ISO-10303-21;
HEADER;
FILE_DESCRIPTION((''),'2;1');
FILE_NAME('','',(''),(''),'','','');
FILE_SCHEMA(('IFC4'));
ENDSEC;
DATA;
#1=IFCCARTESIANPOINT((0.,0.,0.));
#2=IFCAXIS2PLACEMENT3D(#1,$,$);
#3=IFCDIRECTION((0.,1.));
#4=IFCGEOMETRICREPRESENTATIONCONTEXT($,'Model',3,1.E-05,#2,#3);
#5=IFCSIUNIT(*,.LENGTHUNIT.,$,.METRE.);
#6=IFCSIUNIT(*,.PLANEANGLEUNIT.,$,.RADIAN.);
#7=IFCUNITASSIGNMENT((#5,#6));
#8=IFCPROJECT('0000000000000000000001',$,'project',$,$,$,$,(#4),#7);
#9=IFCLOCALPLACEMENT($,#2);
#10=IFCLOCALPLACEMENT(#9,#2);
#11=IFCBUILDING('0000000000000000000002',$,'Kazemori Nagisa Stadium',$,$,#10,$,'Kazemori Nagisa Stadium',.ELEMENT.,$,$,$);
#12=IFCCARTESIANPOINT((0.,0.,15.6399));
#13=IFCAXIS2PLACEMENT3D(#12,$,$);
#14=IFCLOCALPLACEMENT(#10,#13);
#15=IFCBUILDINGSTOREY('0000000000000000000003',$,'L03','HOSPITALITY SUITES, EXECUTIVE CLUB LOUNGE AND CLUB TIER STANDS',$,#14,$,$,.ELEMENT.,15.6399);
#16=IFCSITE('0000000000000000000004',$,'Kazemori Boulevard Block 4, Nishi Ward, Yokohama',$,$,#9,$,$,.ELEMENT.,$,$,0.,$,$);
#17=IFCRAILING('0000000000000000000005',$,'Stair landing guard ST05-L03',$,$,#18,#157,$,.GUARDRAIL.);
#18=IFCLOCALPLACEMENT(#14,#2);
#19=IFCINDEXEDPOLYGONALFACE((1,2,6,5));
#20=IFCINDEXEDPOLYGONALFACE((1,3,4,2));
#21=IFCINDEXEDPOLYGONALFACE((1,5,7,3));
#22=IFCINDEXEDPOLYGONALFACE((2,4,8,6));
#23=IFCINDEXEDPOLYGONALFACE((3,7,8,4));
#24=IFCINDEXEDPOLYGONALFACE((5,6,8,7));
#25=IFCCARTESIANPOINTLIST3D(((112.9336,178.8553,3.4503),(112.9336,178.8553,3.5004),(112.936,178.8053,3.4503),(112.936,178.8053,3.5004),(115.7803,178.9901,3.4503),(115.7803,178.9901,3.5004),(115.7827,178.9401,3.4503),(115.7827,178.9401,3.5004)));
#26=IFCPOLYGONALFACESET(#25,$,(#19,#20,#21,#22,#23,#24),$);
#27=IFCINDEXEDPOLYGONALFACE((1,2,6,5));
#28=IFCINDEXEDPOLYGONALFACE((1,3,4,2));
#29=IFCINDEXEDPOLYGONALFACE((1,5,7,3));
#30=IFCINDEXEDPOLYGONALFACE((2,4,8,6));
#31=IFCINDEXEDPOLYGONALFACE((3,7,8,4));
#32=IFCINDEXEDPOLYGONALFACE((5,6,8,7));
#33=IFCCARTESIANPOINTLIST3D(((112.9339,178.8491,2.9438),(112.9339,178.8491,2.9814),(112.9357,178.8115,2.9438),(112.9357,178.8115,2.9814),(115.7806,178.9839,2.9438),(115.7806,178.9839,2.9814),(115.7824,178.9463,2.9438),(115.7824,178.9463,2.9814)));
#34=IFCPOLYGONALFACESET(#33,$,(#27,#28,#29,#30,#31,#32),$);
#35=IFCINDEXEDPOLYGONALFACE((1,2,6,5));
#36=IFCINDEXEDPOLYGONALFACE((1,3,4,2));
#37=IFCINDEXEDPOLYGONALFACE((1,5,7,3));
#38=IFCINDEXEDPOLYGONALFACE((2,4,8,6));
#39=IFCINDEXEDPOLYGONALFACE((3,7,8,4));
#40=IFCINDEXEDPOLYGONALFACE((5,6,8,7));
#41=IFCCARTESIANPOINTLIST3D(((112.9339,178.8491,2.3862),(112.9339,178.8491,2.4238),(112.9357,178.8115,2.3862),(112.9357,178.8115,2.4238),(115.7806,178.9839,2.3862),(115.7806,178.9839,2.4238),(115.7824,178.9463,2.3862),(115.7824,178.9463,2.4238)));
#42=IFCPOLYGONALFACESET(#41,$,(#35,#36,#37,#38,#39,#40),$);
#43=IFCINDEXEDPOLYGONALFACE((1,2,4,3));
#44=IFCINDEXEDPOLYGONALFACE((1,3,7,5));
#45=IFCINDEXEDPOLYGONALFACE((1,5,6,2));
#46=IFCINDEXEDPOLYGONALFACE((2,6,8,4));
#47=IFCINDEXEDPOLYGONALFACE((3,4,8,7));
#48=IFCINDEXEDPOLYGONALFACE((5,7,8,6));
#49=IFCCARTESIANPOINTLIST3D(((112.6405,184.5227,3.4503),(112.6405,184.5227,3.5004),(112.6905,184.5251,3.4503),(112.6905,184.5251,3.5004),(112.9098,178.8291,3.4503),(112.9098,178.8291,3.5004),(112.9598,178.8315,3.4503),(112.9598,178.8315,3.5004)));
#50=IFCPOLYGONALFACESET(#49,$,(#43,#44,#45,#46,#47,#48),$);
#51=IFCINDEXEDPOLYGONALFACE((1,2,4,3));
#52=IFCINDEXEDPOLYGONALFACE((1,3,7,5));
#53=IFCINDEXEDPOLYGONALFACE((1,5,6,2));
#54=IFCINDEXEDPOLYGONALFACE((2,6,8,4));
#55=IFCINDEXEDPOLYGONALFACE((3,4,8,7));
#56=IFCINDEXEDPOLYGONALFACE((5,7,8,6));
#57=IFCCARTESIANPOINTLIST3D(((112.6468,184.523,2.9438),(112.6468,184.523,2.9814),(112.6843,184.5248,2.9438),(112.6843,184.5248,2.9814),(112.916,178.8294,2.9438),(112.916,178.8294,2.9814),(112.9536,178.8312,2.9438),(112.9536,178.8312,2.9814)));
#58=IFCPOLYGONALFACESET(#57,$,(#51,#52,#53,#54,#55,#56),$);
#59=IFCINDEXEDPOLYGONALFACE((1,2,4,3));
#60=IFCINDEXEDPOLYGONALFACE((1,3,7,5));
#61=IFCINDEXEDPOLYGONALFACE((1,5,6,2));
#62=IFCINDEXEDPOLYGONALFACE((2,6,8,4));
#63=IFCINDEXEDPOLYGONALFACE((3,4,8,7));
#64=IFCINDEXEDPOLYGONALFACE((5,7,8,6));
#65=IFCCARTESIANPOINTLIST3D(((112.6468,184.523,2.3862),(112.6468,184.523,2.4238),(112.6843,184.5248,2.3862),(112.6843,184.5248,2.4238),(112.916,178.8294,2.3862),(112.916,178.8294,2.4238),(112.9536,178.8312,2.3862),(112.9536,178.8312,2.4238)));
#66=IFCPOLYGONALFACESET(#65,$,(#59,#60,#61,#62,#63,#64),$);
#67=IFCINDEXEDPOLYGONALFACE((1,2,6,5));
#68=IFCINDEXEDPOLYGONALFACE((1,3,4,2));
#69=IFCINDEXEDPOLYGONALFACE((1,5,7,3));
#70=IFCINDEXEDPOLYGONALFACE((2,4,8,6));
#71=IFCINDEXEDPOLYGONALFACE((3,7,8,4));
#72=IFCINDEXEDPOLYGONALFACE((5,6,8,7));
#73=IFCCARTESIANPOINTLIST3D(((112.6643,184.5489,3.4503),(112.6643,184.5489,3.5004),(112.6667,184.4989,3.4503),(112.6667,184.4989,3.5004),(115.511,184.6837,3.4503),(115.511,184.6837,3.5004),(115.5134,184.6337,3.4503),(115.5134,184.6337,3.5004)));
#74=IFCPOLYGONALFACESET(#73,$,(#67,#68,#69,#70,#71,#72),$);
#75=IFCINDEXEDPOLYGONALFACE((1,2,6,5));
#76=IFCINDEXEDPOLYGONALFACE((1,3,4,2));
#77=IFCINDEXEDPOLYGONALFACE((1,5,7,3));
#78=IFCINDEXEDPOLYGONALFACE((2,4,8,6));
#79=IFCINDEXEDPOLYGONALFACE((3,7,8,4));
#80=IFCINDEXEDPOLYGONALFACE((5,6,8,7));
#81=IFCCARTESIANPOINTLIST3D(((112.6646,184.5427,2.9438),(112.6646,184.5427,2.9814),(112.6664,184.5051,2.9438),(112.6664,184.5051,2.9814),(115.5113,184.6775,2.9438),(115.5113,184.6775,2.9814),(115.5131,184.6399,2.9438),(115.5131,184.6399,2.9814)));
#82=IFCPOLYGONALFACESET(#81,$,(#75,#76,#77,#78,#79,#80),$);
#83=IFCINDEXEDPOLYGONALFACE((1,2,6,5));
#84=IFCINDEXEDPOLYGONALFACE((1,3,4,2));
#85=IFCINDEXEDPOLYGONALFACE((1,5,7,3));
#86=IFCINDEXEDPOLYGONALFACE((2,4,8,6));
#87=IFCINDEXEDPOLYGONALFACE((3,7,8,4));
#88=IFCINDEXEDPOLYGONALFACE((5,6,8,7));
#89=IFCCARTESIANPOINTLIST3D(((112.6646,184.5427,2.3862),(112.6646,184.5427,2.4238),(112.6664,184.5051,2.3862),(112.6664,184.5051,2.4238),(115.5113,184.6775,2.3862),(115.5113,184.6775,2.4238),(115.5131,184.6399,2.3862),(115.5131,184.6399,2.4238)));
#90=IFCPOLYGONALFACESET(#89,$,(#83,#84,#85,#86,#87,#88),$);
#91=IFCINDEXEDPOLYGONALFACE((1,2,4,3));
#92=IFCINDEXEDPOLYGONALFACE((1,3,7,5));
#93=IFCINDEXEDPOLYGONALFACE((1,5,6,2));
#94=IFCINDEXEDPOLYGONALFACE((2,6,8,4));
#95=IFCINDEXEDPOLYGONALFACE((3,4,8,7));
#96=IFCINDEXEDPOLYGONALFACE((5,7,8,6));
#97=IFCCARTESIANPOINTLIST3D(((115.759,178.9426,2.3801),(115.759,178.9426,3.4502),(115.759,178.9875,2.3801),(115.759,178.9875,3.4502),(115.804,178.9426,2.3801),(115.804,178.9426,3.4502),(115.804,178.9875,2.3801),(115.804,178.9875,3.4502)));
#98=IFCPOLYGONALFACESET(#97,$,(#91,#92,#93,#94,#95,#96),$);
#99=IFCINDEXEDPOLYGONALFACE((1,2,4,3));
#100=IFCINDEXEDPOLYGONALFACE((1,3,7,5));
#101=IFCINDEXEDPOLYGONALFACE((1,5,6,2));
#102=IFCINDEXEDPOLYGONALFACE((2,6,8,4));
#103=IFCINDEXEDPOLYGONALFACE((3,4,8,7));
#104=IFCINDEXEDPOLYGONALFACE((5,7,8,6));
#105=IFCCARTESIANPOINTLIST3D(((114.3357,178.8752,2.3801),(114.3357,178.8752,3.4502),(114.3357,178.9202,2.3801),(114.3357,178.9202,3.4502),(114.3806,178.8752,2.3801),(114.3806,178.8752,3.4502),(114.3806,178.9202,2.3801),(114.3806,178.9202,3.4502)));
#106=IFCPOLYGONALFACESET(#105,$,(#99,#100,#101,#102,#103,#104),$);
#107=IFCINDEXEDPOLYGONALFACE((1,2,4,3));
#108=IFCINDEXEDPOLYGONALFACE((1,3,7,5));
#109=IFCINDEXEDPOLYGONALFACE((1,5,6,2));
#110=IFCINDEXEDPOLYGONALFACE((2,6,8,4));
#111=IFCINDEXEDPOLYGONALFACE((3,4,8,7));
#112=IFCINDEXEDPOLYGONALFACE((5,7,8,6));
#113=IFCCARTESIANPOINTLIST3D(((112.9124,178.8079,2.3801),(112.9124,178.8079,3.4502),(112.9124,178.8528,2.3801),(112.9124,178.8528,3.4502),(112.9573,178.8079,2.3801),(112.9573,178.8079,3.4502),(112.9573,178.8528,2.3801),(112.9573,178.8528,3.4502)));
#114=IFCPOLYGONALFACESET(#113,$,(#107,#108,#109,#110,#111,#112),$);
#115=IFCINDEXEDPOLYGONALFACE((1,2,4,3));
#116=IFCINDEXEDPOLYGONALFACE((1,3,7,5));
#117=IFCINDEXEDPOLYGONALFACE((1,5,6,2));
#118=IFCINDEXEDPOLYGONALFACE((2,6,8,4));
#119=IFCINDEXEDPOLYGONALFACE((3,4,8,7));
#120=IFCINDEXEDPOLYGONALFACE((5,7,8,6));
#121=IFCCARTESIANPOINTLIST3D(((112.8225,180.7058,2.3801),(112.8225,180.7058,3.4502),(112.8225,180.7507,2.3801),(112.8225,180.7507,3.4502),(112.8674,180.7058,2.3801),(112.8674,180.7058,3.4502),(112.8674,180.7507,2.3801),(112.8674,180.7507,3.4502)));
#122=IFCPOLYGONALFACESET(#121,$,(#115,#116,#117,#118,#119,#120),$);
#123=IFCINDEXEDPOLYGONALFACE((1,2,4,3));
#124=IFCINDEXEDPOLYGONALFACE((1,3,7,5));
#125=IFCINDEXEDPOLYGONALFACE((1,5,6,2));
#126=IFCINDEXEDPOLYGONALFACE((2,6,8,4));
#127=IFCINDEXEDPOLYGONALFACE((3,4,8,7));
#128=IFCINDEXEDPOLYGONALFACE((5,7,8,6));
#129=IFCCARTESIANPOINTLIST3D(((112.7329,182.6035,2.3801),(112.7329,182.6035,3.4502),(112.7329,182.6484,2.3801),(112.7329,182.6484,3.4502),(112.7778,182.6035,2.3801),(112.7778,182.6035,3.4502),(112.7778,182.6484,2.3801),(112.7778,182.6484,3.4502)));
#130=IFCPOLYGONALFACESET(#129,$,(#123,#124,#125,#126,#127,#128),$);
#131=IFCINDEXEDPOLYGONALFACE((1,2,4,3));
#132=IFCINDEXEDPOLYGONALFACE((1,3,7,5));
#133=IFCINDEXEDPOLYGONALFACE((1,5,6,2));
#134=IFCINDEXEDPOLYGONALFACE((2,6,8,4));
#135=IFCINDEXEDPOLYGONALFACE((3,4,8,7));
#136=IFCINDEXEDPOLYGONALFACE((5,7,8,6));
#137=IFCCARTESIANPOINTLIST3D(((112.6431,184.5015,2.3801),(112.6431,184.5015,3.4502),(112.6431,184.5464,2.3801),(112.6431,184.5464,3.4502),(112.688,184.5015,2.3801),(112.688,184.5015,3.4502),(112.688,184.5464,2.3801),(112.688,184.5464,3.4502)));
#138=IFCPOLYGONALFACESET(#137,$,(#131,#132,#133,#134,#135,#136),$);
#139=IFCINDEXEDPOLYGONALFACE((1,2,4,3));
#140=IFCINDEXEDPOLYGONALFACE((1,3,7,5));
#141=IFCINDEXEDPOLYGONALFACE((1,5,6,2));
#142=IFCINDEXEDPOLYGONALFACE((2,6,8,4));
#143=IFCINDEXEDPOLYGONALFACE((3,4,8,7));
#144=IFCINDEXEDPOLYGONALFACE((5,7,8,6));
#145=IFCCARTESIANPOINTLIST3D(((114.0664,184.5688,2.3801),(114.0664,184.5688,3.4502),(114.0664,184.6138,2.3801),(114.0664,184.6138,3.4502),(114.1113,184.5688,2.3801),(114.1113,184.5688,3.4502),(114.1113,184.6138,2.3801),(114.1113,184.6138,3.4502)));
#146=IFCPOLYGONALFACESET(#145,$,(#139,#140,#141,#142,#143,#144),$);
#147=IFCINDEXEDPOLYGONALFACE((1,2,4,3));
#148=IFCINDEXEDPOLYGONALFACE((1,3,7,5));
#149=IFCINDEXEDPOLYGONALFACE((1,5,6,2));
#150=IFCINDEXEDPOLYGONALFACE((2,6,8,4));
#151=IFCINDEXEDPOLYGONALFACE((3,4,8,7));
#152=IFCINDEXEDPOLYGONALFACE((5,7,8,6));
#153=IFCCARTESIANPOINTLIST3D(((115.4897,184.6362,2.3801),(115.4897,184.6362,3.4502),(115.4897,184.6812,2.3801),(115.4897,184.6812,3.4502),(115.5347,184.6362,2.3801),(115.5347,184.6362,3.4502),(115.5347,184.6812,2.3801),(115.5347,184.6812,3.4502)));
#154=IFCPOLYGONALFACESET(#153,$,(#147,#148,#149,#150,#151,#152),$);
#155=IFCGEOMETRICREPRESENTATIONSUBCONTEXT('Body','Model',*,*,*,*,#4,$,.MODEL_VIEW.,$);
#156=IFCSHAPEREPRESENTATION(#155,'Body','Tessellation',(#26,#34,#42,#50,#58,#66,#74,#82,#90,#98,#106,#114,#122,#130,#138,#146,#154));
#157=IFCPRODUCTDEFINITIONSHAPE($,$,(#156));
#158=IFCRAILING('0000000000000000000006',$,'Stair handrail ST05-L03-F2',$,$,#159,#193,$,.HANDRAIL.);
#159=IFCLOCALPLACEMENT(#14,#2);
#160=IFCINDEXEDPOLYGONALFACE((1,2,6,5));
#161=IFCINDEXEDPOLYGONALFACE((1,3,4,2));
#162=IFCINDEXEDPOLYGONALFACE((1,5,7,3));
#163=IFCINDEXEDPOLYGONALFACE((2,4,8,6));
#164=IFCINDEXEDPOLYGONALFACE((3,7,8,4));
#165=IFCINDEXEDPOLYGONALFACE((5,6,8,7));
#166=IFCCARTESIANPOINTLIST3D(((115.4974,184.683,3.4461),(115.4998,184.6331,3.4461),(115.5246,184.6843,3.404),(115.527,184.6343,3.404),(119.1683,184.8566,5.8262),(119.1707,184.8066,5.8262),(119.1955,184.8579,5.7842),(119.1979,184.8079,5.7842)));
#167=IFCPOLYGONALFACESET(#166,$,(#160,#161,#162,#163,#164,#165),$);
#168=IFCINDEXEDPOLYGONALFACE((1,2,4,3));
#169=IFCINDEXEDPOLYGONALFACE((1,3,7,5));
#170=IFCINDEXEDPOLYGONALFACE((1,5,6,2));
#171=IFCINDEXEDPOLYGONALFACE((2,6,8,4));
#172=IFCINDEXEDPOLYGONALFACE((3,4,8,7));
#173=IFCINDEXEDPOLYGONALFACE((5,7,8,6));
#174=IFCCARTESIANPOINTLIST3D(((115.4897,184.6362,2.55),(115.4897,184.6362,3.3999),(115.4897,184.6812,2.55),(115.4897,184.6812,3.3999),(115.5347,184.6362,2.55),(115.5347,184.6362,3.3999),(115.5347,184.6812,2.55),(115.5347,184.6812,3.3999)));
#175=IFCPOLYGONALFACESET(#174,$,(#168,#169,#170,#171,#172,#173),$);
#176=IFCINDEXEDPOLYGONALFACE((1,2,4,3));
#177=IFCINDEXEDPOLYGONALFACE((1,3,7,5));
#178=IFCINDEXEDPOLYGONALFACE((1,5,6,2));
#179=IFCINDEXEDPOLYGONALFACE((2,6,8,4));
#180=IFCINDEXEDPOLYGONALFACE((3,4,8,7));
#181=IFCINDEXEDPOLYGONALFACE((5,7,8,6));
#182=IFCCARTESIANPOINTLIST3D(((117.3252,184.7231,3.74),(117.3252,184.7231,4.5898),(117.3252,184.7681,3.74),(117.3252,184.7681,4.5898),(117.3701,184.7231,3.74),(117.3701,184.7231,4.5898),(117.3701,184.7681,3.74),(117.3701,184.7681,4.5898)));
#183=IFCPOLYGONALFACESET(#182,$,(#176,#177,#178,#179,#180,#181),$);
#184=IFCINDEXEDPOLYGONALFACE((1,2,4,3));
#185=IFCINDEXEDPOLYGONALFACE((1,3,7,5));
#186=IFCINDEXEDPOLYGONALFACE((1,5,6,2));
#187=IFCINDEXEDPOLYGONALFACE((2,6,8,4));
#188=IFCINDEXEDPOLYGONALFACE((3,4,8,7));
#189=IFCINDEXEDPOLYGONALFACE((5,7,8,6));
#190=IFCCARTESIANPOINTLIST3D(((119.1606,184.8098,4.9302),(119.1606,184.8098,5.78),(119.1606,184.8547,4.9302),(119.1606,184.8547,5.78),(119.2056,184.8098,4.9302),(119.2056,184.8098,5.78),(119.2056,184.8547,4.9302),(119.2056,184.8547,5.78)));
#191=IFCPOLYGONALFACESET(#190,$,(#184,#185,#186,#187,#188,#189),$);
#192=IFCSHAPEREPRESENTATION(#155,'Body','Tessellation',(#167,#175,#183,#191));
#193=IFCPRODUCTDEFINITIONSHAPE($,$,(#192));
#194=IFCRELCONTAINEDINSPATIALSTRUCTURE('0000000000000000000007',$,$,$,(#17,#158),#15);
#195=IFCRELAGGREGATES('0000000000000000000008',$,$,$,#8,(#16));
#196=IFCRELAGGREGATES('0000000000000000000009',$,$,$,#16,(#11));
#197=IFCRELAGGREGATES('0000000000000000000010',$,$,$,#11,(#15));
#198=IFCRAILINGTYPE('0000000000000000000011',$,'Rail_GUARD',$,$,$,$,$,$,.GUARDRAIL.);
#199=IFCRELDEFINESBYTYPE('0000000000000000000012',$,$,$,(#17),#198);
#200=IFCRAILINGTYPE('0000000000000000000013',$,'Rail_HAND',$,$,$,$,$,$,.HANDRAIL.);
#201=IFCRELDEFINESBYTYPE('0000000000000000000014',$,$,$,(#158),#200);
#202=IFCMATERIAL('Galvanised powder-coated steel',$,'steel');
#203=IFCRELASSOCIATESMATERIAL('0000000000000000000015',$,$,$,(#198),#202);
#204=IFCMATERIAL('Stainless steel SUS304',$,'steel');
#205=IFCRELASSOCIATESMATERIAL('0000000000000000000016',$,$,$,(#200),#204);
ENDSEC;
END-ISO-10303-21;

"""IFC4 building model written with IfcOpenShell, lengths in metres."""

from ifc_helpers import new_model, si_unit, direction, frame, origin, origin_2d, place, context, subcontext, project, spatial, rectangle, extrude, material, type_object, element, save


model = new_model("IFC4")

# Units and contexts
model_context = context("Model", 3, precision=1e-05, world=origin(), true_north=direction((0.0, 1.0)))
body_context = subcontext(model_context, "Body", "Model", "MODEL_VIEW")
ifc_project = project(units=[si_unit("LENGTHUNIT", "METRE"), si_unit("PLANEANGLEUNIT", "RADIAN")], contexts=[model_context])

# Site, building, storey
site_placement = place(None, origin())
site = spatial("IfcSite", under=ifc_project, at=site_placement, Name="Kazemori Boulevard Block 4, Nishi Ward, Yokohama", CompositionType="ELEMENT", RefElevation=0.0)
building_placement = place(site_placement, origin())
building = spatial("IfcBuilding", under=site, at=building_placement, Name="Kazemori Nagisa Stadium", LongName="Kazemori Nagisa Stadium", CompositionType="ELEMENT")
storey_placement = place(building_placement, frame((0.0, 0.0, 15.6399)))
storey = spatial("IfcBuildingStorey", under=building, at=storey_placement, Name="L03", Description="HOSPITALITY SUITES, EXECUTIVE CLUB LOUNGE AND CLUB TIER STANDS", CompositionType="ELEMENT", Elevation=15.6399)

# Shared definitions
ifc_material_1 = material(Name="Stainless steel SUS304", Category="steel")

# Railings
ifc_material_2 = material(Name="Galvanised powder-coated steel", Category="steel")
railing_type_1 = type_object("IfcRailingType", Name="Rail_GUARD", PredefinedType="GUARDRAIL", material=ifc_material_2)
railing_1_placement = place(storey_placement, frame((115.7815, 178.9651, 2.3801)))
element("IfcRailing", 1, at=railing_1_placement, inside=storey, type_object=railing_type_1, Name="Stair landing guard ST05-L03", PredefinedType="GUARDRAIL", context=body_context, shape_type="SweptSolid", body=[
    extrude(rectangle(XDim=0.05, YDim=0.05, at=origin_2d()), frame((0.0, 0.0, 1.0952), z_axis=(-0.998881, -0.047288, 0.0), x_axis=(0.047288, -0.998881, 0.0)), (0.0, 0.0, 1.0), 2.8499),
    extrude(rectangle(XDim=0.0376, YDim=0.0376, at=origin_2d()), frame((0.0, 0.0, 0.5825), z_axis=(-0.998881, -0.047288, 0.0), x_axis=(0.047288, -0.998881, 0.0)), (0.0, 0.0, 1.0), 2.8499),
    extrude(rectangle(XDim=0.0376, YDim=0.0376, at=origin_2d()), frame((0.0, 0.0, 0.0249), z_axis=(-0.998881, -0.047288, 0.0), x_axis=(0.047288, -0.998881, 0.0)), (0.0, 0.0, 1.0), 2.8499),
    extrude(rectangle(XDim=0.05, YDim=0.05, at=origin_2d()), frame((-2.8467, -0.1348, 1.0952), z_axis=(-0.047244, 0.998883, 0.0), x_axis=(-0.998883, -0.047244, 0.0)), (0.0, 0.0, 1.0), 5.7),
    extrude(rectangle(XDim=0.0376, YDim=0.0376, at=origin_2d()), frame((-2.8467, -0.1348, 0.5825), z_axis=(-0.047244, 0.998883, 0.0), x_axis=(-0.998883, -0.047244, 0.0)), (0.0, 0.0, 1.0), 5.7),
    extrude(rectangle(XDim=0.0376, YDim=0.0376, at=origin_2d()), frame((-2.8467, -0.1348, 0.0249), z_axis=(-0.047244, 0.998883, 0.0), x_axis=(-0.998883, -0.047244, 0.0)), (0.0, 0.0, 1.0), 5.7),
    extrude(rectangle(XDim=0.05, YDim=0.05, at=origin_2d()), frame((-3.116, 5.5588, 1.0952), z_axis=(0.998881, 0.047288, 0.0), x_axis=(-0.047288, 0.998881, 0.0)), (0.0, 0.0, 1.0), 2.8499),
    extrude(rectangle(XDim=0.0376, YDim=0.0376, at=origin_2d()), frame((-3.116, 5.5588, 0.5825), z_axis=(0.998881, 0.047288, 0.0), x_axis=(-0.047288, 0.998881, 0.0)), (0.0, 0.0, 1.0), 2.8499),
    extrude(rectangle(XDim=0.0376, YDim=0.0376, at=origin_2d()), frame((-3.116, 5.5588, 0.0249), z_axis=(0.998881, 0.047288, 0.0), x_axis=(-0.047288, 0.998881, 0.0)), (0.0, 0.0, 1.0), 2.8499),
    extrude(rectangle(XDim=0.0449, YDim=0.0449, at=origin_2d()), origin(), (0.0, 0.0, 1.0), 1.0701),
    extrude(rectangle(XDim=0.0449, YDim=0.0449, at=origin_2d()), frame((-1.4233, -0.0674, 0.0)), (0.0, 0.0, 1.0), 1.0701),
    extrude(rectangle(XDim=0.0449, YDim=0.0449, at=origin_2d()), frame((-2.8467, -0.1348, 0.0)), (0.0, 0.0, 1.0), 1.0701),
    extrude(rectangle(XDim=0.0449, YDim=0.0449, at=origin_2d()), frame((-2.9365, 1.7632, 0.0)), (0.0, 0.0, 1.0), 1.0701),
    extrude(rectangle(XDim=0.0449, YDim=0.0449, at=origin_2d()), frame((-3.0261, 3.6609, 0.0)), (0.0, 0.0, 1.0), 1.0701),
    extrude(rectangle(XDim=0.0449, YDim=0.0449, at=origin_2d()), frame((-3.116, 5.5588, 0.0)), (0.0, 0.0, 1.0), 1.0701),
    extrude(rectangle(XDim=0.0449, YDim=0.0449, at=origin_2d()), frame((-1.6926, 5.6262, 0.0)), (0.0, 0.0, 1.0), 1.0701),
    extrude(rectangle(XDim=0.0449, YDim=0.0449, at=origin_2d()), frame((-0.2693, 5.6936, 0.0)), (0.0, 0.0, 1.0), 1.0701),
])
railing_type_2 = type_object("IfcRailingType", Name="Rail_HAND", PredefinedType="HANDRAIL", material=ifc_material_1)
railing_2_placement = place(storey_placement, frame((115.5122, 184.6587, 2.55)))
element("IfcRailing", 2, at=railing_2_placement, inside=storey, type_object=railing_type_2, Name="Stair handrail ST05-L03-F2", PredefinedType="HANDRAIL", context=body_context, shape_type="SweptSolid", body=[
    extrude(rectangle(XDim=0.05, YDim=0.05, at=origin_2d()), frame((0.0, 0.0, 0.875), z_axis=(0.838406, 0.039645, 0.543603), x_axis=(-0.047234, 0.998884, 0.0)), (0.0, 0.0, 1.0), 4.3784),
    extrude(rectangle(XDim=0.0449, YDim=0.0449, at=origin_2d()), origin(), (0.0, 0.0, 1.0), 0.8499),
    extrude(rectangle(XDim=0.0449, YDim=0.0449, at=origin_2d()), frame((1.8354, 0.0869, 1.1899)), (0.0, 0.0, 1.0), 0.8499),
    extrude(rectangle(XDim=0.0449, YDim=0.0449, at=origin_2d()), frame((3.6709, 0.1736, 2.3801)), (0.0, 0.0, 1.0), 0.8499),
])

save(model, "model.ifc")
